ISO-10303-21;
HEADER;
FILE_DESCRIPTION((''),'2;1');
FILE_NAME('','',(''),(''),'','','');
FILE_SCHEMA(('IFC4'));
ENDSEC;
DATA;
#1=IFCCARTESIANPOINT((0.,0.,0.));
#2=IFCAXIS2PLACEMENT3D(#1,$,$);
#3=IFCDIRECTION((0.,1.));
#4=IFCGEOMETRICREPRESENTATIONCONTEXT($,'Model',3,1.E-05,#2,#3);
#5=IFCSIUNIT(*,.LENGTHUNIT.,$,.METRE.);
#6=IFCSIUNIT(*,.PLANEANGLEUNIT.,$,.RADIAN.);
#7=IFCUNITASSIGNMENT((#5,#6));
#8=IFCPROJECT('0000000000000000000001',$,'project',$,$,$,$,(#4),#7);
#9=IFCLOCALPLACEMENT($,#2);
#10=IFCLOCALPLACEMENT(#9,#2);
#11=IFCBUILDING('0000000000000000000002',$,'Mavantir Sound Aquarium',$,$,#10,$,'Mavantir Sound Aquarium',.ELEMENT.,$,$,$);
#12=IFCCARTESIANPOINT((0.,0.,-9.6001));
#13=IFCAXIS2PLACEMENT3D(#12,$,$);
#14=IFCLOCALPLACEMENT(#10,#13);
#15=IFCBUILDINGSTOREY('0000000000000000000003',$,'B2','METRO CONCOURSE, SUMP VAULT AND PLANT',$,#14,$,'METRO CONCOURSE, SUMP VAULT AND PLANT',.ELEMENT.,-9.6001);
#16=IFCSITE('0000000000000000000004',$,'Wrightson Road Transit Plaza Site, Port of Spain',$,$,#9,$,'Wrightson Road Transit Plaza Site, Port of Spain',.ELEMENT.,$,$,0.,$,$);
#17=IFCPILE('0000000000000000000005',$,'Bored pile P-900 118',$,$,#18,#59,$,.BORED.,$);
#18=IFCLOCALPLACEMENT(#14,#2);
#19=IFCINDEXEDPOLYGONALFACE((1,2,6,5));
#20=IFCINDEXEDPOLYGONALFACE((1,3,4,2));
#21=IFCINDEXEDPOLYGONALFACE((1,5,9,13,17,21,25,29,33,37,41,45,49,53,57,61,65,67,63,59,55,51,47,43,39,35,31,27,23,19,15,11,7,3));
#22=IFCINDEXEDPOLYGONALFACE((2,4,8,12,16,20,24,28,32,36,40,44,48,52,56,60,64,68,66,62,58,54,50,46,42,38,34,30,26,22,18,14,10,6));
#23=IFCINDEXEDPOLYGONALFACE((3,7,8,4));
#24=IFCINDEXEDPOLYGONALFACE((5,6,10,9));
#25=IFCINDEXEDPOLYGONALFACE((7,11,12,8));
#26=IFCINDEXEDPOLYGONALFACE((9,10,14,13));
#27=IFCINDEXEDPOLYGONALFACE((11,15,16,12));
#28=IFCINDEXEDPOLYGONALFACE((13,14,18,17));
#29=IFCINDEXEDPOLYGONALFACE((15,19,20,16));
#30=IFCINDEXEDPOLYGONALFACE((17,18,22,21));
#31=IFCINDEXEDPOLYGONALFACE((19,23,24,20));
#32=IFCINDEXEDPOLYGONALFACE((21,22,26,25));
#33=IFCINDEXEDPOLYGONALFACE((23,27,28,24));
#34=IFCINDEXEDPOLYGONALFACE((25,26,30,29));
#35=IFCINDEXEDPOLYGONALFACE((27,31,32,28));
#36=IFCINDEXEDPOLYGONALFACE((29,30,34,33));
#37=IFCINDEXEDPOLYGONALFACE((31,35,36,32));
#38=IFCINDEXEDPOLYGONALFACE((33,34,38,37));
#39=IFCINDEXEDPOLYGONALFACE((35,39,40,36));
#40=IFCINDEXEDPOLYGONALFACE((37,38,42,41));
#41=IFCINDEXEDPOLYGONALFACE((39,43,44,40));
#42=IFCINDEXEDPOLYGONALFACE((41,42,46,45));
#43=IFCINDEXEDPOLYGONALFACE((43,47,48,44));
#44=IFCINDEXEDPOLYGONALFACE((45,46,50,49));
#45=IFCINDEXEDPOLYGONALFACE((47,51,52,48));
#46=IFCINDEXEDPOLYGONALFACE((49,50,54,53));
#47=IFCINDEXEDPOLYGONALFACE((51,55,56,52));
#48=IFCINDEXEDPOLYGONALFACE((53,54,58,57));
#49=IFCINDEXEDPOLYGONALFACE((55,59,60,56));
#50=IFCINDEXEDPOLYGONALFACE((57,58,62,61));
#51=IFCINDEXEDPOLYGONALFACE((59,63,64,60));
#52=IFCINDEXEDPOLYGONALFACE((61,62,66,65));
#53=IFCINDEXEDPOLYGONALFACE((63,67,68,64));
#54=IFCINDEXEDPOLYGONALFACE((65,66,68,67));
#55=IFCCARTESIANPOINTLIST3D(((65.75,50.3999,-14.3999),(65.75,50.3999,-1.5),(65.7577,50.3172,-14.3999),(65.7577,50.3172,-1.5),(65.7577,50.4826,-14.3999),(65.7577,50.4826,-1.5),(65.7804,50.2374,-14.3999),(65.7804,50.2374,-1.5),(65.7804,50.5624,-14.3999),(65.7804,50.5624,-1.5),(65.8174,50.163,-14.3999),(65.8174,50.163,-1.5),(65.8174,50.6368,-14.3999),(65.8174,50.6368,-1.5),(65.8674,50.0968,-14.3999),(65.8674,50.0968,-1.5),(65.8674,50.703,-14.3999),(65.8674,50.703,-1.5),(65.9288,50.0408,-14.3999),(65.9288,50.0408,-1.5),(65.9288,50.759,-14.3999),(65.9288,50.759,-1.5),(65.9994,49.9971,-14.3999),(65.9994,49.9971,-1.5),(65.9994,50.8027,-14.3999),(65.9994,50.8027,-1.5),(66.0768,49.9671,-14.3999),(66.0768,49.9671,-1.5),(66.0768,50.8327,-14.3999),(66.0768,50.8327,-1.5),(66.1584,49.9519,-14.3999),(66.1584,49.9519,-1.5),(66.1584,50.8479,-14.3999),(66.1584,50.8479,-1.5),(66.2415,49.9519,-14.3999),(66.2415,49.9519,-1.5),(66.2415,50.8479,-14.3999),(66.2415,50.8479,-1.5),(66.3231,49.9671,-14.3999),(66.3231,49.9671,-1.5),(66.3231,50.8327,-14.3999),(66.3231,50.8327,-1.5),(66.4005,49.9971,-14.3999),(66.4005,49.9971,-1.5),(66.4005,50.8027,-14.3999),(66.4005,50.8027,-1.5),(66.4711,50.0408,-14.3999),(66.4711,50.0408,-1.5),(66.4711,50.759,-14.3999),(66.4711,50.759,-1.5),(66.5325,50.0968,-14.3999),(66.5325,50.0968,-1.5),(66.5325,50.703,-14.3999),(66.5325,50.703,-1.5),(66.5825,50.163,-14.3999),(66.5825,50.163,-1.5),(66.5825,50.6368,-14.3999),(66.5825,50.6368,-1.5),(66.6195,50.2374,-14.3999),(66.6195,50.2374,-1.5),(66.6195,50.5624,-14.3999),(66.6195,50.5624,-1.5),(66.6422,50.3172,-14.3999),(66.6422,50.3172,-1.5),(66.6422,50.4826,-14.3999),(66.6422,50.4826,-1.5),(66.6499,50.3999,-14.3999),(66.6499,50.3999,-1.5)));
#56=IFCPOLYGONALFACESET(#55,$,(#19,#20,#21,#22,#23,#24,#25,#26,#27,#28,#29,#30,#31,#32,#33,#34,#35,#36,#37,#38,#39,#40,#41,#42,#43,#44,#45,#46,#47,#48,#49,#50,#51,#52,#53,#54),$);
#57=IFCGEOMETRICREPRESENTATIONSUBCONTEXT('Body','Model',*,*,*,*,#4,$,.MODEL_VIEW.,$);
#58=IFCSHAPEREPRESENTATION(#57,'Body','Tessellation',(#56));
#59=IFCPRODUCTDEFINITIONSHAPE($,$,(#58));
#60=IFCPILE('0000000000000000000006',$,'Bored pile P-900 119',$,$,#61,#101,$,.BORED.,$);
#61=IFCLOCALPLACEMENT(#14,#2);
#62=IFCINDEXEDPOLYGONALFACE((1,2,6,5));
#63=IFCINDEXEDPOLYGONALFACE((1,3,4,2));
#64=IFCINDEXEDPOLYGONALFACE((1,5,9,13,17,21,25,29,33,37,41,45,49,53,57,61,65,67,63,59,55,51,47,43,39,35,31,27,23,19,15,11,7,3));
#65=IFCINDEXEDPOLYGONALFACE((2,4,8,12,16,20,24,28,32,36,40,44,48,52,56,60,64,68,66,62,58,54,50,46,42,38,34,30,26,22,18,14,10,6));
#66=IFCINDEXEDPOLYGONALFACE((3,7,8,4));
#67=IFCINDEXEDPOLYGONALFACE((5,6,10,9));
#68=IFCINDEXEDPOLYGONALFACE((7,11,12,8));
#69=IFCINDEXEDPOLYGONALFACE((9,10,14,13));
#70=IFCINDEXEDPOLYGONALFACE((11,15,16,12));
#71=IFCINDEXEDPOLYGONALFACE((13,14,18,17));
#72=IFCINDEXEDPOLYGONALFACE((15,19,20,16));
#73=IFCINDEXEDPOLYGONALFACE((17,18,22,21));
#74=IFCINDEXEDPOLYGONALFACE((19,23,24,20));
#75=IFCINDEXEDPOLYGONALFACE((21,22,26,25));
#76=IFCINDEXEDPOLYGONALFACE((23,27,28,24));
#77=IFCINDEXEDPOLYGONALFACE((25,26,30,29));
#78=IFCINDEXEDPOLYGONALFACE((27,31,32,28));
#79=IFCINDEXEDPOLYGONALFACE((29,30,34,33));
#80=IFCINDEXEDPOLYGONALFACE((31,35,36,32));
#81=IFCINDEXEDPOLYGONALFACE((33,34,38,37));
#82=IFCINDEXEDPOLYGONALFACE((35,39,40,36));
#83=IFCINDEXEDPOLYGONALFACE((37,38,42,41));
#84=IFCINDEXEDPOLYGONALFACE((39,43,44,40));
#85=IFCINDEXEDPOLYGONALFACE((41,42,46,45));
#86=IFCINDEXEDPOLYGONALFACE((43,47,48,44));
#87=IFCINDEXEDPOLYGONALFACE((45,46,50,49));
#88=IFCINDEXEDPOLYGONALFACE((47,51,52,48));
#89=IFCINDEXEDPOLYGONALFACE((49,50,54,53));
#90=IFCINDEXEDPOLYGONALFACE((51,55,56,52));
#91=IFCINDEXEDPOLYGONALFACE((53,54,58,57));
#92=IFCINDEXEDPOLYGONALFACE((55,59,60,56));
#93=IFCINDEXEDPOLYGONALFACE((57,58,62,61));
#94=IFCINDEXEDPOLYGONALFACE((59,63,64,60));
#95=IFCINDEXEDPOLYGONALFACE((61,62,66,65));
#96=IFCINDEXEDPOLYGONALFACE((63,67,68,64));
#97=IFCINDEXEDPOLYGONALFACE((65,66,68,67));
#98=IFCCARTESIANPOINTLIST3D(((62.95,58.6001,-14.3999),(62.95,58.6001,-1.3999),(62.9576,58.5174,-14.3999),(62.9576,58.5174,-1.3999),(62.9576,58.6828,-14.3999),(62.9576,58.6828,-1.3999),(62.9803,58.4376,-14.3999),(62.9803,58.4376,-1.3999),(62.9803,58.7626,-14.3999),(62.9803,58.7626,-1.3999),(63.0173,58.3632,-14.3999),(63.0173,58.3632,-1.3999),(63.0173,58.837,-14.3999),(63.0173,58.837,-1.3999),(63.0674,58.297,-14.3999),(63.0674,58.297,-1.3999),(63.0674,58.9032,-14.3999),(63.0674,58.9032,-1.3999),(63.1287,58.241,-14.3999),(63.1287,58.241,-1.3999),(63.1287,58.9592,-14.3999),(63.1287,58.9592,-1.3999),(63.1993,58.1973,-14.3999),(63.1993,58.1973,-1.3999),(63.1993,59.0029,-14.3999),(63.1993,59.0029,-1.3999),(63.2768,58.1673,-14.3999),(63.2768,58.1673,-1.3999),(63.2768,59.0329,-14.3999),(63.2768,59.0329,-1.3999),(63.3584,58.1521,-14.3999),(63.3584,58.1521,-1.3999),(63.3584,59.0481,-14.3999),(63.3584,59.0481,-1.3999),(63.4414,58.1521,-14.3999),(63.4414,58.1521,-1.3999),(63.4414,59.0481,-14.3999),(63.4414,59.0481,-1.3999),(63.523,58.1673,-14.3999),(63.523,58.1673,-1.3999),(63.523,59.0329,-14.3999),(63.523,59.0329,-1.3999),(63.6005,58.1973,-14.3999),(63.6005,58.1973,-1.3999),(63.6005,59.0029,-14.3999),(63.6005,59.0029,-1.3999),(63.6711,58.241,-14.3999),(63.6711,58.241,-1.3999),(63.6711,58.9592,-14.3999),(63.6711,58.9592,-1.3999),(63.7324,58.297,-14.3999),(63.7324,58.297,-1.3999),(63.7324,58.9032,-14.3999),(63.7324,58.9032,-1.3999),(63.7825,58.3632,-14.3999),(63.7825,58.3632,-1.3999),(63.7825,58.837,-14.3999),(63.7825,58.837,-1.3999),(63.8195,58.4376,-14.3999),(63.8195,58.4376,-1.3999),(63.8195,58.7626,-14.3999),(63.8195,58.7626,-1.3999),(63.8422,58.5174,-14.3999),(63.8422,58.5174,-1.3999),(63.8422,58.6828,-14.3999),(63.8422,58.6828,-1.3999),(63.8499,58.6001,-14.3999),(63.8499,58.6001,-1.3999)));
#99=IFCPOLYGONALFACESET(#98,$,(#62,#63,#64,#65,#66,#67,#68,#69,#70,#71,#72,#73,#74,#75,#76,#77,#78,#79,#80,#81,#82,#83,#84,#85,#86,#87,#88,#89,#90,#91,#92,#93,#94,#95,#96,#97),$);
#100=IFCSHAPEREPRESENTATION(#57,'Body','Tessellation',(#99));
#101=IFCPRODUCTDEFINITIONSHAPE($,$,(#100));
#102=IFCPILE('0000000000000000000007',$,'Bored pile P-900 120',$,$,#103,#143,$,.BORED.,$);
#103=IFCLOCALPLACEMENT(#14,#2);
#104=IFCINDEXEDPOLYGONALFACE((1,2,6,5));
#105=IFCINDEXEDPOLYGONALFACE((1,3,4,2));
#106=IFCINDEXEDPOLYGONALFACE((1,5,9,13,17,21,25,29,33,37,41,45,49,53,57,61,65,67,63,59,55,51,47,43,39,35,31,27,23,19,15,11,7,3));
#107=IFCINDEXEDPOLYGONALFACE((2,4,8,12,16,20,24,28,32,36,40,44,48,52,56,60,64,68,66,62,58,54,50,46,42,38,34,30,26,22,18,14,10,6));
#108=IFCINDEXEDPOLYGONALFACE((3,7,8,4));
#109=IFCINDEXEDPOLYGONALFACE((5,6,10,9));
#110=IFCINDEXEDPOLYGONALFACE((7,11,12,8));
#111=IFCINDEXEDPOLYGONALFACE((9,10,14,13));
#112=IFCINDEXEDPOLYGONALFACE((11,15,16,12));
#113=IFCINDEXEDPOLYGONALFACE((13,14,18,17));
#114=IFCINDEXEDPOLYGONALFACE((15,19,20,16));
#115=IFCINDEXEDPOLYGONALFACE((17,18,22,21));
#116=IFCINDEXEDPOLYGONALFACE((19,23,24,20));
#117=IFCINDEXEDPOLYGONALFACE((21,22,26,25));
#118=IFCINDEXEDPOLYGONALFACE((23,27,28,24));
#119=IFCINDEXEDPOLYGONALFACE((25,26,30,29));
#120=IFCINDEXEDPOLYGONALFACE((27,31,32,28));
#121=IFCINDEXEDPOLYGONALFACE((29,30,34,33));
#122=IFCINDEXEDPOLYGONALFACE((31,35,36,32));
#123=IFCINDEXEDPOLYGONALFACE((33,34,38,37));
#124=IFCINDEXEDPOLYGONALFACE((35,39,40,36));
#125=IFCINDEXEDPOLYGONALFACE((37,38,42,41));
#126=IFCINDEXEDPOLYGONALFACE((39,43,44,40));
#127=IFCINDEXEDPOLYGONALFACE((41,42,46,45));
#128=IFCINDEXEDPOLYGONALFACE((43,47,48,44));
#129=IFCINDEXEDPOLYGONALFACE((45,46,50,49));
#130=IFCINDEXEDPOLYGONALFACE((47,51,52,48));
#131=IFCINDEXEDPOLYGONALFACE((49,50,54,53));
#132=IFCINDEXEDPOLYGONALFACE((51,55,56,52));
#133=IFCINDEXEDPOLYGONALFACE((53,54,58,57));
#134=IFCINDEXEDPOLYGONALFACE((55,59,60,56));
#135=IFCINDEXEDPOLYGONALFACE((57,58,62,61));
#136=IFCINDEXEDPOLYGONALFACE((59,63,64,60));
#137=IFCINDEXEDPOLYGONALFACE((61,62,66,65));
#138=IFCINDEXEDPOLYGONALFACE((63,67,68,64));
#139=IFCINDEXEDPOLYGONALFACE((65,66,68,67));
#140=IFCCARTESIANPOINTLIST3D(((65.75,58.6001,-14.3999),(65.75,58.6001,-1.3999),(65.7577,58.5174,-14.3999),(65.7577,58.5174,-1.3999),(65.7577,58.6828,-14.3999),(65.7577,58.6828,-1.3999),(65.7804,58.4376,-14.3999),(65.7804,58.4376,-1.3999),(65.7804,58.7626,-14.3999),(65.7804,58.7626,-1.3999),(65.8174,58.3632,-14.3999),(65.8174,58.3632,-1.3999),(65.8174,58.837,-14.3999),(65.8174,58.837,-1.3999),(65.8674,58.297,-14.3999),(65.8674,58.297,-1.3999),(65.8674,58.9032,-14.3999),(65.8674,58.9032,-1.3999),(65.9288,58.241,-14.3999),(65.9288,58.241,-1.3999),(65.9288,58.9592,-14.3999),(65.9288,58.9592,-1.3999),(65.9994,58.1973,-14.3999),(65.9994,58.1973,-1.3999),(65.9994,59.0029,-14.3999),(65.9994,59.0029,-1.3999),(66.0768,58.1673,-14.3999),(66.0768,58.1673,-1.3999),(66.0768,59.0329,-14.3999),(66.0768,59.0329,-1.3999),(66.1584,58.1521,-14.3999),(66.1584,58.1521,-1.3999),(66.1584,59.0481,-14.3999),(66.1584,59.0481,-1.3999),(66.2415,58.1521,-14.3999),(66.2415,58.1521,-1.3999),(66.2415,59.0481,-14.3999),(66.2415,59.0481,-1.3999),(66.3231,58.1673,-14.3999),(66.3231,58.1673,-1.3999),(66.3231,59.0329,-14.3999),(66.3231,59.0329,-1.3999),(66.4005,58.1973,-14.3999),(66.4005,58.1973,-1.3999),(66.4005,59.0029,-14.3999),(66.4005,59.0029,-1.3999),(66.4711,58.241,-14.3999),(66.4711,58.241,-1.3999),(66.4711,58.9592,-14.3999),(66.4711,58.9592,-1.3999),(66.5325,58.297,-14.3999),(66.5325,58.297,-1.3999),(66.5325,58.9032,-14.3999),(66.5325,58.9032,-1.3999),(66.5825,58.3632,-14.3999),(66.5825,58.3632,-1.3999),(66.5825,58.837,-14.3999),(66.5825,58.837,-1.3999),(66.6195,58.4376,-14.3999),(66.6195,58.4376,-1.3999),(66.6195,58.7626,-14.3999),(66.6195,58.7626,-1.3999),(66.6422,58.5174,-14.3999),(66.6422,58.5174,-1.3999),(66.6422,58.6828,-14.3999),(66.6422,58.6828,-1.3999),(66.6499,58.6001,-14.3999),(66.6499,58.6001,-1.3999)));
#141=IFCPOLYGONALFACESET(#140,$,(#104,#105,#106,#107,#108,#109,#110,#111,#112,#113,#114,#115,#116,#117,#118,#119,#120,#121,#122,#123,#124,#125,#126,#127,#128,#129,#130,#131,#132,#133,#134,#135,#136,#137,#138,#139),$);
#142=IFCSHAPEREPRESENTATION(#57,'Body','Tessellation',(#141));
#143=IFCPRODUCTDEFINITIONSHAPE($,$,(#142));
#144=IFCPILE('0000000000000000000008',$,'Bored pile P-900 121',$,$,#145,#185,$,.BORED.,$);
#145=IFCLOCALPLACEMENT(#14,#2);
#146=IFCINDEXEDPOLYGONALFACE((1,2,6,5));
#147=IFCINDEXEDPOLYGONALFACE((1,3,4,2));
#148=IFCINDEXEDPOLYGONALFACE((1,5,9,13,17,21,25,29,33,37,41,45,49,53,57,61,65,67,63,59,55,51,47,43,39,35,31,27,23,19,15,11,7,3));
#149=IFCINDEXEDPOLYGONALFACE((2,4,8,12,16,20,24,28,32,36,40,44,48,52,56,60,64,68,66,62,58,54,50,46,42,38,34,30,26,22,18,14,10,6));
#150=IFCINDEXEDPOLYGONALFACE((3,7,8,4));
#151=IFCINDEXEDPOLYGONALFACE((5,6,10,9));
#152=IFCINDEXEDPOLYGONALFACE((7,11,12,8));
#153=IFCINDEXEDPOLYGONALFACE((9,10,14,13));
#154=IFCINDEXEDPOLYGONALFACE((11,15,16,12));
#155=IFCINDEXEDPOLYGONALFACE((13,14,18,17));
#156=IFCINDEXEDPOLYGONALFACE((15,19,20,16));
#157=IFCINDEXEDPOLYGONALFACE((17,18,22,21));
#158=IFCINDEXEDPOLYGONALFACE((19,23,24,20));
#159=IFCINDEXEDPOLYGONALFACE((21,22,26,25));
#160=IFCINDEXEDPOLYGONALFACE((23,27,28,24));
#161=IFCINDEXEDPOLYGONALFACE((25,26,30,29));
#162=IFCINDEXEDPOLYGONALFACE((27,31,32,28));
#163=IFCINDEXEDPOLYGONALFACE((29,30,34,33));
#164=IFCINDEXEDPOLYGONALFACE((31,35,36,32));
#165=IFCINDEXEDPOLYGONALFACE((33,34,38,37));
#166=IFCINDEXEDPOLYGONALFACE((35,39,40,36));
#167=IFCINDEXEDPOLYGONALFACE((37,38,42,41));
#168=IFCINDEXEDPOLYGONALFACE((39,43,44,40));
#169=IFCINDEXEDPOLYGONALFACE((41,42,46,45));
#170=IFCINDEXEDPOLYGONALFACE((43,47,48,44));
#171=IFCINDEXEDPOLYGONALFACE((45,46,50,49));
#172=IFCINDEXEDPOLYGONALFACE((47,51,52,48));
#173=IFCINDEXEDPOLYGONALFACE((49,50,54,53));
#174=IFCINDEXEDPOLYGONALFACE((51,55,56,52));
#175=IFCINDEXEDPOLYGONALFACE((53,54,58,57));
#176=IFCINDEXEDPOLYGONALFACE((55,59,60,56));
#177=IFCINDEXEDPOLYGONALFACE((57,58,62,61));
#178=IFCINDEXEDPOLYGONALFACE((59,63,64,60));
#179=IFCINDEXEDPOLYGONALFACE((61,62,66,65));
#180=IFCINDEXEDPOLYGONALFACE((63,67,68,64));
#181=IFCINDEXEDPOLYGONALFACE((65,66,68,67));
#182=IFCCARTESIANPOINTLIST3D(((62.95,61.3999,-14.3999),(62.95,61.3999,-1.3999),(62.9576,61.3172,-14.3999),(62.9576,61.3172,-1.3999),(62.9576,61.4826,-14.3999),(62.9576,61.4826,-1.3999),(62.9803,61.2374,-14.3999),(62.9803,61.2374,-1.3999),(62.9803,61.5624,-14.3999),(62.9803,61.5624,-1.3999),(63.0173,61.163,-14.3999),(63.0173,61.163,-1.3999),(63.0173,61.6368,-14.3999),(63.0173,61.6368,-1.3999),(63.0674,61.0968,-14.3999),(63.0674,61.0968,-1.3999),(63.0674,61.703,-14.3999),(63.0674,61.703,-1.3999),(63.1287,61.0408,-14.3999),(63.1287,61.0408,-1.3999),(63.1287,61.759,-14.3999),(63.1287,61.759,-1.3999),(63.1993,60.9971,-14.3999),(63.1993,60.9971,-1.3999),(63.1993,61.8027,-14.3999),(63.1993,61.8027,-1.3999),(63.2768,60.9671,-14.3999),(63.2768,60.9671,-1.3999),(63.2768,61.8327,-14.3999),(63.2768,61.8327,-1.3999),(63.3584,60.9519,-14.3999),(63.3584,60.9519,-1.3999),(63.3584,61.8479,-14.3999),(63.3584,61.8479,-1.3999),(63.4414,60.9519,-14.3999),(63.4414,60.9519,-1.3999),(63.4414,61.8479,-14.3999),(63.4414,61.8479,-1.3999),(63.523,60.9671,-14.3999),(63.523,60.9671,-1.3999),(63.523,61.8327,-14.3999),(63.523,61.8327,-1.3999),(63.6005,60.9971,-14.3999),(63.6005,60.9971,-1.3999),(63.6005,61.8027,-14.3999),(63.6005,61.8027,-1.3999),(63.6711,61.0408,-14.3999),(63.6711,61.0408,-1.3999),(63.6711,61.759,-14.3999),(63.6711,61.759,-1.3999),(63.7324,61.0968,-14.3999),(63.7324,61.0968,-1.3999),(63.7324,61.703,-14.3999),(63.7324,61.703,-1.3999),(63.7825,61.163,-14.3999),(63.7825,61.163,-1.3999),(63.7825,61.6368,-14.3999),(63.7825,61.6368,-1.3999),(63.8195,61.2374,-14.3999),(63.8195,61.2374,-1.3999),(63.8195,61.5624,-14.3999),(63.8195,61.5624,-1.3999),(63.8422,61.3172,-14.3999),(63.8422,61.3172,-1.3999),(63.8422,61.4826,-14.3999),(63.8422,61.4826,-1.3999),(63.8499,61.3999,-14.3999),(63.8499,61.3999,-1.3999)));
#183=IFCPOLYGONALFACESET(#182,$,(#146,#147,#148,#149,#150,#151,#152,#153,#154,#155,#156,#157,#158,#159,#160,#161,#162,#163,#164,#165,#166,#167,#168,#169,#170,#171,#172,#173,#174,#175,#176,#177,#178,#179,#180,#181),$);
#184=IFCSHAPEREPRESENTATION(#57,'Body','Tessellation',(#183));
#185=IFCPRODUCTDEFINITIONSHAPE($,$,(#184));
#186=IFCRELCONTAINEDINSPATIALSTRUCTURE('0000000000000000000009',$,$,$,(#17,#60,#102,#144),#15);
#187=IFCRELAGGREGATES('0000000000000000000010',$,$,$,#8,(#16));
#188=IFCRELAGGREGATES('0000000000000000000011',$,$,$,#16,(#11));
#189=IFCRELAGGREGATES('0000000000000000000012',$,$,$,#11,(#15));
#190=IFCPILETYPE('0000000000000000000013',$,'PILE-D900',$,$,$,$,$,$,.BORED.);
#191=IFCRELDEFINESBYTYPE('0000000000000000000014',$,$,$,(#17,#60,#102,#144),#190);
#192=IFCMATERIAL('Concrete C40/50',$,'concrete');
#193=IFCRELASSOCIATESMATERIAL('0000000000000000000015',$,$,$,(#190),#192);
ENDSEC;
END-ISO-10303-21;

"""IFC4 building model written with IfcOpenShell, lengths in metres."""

from ifc_helpers import new_model, si_unit, direction, frame, origin, origin_2d, place, context, subcontext, project, spatial, circle, extrude, material, material_profile, profile_set, type_object, element, save


model = new_model("IFC4")

# Units and contexts
model_context = context("Model", 3, precision=1e-05, world=origin(), true_north=direction((0.0, 1.0)))
body_context = subcontext(model_context, "Body", "Model", "MODEL_VIEW")
ifc_project = project(units=[si_unit("LENGTHUNIT", "METRE"), si_unit("PLANEANGLEUNIT", "RADIAN")], contexts=[model_context])

# Site, building, storey
site_placement = place(None, origin())
site = spatial("IfcSite", under=ifc_project, at=site_placement, Name="Wrightson Road Transit Plaza Site, Port of Spain", LongName="Wrightson Road Transit Plaza Site, Port of Spain", CompositionType="ELEMENT", RefElevation=0.0)
building_placement = place(site_placement, origin())
building = spatial("IfcBuilding", under=site, at=building_placement, Name="Mavantir Sound Aquarium", LongName="Mavantir Sound Aquarium", CompositionType="ELEMENT")
storey_placement = place(building_placement, frame((0.0, 0.0, -9.6001)))
storey = spatial("IfcBuildingStorey", under=building, at=storey_placement, Name="B2", Description="METRO CONCOURSE, SUMP VAULT AND PLANT", LongName="METRO CONCOURSE, SUMP VAULT AND PLANT", CompositionType="ELEMENT", Elevation=-9.6001)

# Shared definitions
ifc_material_1 = material(Name="Concrete C40/50", Category="concrete")

# Piles
ifc_material_profile_1 = material_profile(ifc_material_1, circle(Radius=0.45, at=origin_2d()), Name="PILE D900")
ifc_profile_set_1 = profile_set([ifc_material_profile_1], Name="Concrete C40/50")
pile_type = type_object("IfcPileType", Name="PILE-D900", PredefinedType="BORED", material=ifc_profile_set_1)
for number, where, z_axis, x_axis, name in (
    (1, (66.2, 50.3999, -1.5), (0.0, 0.0, -1.0), (1.0, 0.0, 0.0), "Bored pile P-900 118"),
):
    element("IfcPile", number, at=place(storey_placement, frame(where, z_axis=z_axis, x_axis=x_axis)), inside=storey, type_object=pile_type, Name=name, PredefinedType="BORED", context=body_context, shape_type="SweptSolid", body=[
        extrude(circle(Radius=0.45, at=origin_2d()), origin(), (0.0, 0.0, 1.0), 12.8999),
    ])
for number, where, z_axis, x_axis, name in (
    (2, (63.3999, 58.6001, -1.3999), (0.0, 0.0, -1.0), (1.0, 0.0, 0.0), "Bored pile P-900 119"),
    (3, (66.2, 58.6001, -1.3999), (0.0, 0.0, -1.0), (1.0, 0.0, 0.0), "Bored pile P-900 120"),
    (4, (63.3999, 61.3999, -1.3999), (0.0, 0.0, -1.0), (1.0, 0.0, 0.0), "Bored pile P-900 121"),
):
    element("IfcPile", number, at=place(storey_placement, frame(where, z_axis=z_axis, x_axis=x_axis)), inside=storey, type_object=pile_type, Name=name, PredefinedType="BORED", context=body_context, shape_type="SweptSolid", body=[
        extrude(circle(Radius=0.45, at=origin_2d()), origin(), (0.0, 0.0, 1.0), 13.0),
    ])

save(model, "model.ifc")
